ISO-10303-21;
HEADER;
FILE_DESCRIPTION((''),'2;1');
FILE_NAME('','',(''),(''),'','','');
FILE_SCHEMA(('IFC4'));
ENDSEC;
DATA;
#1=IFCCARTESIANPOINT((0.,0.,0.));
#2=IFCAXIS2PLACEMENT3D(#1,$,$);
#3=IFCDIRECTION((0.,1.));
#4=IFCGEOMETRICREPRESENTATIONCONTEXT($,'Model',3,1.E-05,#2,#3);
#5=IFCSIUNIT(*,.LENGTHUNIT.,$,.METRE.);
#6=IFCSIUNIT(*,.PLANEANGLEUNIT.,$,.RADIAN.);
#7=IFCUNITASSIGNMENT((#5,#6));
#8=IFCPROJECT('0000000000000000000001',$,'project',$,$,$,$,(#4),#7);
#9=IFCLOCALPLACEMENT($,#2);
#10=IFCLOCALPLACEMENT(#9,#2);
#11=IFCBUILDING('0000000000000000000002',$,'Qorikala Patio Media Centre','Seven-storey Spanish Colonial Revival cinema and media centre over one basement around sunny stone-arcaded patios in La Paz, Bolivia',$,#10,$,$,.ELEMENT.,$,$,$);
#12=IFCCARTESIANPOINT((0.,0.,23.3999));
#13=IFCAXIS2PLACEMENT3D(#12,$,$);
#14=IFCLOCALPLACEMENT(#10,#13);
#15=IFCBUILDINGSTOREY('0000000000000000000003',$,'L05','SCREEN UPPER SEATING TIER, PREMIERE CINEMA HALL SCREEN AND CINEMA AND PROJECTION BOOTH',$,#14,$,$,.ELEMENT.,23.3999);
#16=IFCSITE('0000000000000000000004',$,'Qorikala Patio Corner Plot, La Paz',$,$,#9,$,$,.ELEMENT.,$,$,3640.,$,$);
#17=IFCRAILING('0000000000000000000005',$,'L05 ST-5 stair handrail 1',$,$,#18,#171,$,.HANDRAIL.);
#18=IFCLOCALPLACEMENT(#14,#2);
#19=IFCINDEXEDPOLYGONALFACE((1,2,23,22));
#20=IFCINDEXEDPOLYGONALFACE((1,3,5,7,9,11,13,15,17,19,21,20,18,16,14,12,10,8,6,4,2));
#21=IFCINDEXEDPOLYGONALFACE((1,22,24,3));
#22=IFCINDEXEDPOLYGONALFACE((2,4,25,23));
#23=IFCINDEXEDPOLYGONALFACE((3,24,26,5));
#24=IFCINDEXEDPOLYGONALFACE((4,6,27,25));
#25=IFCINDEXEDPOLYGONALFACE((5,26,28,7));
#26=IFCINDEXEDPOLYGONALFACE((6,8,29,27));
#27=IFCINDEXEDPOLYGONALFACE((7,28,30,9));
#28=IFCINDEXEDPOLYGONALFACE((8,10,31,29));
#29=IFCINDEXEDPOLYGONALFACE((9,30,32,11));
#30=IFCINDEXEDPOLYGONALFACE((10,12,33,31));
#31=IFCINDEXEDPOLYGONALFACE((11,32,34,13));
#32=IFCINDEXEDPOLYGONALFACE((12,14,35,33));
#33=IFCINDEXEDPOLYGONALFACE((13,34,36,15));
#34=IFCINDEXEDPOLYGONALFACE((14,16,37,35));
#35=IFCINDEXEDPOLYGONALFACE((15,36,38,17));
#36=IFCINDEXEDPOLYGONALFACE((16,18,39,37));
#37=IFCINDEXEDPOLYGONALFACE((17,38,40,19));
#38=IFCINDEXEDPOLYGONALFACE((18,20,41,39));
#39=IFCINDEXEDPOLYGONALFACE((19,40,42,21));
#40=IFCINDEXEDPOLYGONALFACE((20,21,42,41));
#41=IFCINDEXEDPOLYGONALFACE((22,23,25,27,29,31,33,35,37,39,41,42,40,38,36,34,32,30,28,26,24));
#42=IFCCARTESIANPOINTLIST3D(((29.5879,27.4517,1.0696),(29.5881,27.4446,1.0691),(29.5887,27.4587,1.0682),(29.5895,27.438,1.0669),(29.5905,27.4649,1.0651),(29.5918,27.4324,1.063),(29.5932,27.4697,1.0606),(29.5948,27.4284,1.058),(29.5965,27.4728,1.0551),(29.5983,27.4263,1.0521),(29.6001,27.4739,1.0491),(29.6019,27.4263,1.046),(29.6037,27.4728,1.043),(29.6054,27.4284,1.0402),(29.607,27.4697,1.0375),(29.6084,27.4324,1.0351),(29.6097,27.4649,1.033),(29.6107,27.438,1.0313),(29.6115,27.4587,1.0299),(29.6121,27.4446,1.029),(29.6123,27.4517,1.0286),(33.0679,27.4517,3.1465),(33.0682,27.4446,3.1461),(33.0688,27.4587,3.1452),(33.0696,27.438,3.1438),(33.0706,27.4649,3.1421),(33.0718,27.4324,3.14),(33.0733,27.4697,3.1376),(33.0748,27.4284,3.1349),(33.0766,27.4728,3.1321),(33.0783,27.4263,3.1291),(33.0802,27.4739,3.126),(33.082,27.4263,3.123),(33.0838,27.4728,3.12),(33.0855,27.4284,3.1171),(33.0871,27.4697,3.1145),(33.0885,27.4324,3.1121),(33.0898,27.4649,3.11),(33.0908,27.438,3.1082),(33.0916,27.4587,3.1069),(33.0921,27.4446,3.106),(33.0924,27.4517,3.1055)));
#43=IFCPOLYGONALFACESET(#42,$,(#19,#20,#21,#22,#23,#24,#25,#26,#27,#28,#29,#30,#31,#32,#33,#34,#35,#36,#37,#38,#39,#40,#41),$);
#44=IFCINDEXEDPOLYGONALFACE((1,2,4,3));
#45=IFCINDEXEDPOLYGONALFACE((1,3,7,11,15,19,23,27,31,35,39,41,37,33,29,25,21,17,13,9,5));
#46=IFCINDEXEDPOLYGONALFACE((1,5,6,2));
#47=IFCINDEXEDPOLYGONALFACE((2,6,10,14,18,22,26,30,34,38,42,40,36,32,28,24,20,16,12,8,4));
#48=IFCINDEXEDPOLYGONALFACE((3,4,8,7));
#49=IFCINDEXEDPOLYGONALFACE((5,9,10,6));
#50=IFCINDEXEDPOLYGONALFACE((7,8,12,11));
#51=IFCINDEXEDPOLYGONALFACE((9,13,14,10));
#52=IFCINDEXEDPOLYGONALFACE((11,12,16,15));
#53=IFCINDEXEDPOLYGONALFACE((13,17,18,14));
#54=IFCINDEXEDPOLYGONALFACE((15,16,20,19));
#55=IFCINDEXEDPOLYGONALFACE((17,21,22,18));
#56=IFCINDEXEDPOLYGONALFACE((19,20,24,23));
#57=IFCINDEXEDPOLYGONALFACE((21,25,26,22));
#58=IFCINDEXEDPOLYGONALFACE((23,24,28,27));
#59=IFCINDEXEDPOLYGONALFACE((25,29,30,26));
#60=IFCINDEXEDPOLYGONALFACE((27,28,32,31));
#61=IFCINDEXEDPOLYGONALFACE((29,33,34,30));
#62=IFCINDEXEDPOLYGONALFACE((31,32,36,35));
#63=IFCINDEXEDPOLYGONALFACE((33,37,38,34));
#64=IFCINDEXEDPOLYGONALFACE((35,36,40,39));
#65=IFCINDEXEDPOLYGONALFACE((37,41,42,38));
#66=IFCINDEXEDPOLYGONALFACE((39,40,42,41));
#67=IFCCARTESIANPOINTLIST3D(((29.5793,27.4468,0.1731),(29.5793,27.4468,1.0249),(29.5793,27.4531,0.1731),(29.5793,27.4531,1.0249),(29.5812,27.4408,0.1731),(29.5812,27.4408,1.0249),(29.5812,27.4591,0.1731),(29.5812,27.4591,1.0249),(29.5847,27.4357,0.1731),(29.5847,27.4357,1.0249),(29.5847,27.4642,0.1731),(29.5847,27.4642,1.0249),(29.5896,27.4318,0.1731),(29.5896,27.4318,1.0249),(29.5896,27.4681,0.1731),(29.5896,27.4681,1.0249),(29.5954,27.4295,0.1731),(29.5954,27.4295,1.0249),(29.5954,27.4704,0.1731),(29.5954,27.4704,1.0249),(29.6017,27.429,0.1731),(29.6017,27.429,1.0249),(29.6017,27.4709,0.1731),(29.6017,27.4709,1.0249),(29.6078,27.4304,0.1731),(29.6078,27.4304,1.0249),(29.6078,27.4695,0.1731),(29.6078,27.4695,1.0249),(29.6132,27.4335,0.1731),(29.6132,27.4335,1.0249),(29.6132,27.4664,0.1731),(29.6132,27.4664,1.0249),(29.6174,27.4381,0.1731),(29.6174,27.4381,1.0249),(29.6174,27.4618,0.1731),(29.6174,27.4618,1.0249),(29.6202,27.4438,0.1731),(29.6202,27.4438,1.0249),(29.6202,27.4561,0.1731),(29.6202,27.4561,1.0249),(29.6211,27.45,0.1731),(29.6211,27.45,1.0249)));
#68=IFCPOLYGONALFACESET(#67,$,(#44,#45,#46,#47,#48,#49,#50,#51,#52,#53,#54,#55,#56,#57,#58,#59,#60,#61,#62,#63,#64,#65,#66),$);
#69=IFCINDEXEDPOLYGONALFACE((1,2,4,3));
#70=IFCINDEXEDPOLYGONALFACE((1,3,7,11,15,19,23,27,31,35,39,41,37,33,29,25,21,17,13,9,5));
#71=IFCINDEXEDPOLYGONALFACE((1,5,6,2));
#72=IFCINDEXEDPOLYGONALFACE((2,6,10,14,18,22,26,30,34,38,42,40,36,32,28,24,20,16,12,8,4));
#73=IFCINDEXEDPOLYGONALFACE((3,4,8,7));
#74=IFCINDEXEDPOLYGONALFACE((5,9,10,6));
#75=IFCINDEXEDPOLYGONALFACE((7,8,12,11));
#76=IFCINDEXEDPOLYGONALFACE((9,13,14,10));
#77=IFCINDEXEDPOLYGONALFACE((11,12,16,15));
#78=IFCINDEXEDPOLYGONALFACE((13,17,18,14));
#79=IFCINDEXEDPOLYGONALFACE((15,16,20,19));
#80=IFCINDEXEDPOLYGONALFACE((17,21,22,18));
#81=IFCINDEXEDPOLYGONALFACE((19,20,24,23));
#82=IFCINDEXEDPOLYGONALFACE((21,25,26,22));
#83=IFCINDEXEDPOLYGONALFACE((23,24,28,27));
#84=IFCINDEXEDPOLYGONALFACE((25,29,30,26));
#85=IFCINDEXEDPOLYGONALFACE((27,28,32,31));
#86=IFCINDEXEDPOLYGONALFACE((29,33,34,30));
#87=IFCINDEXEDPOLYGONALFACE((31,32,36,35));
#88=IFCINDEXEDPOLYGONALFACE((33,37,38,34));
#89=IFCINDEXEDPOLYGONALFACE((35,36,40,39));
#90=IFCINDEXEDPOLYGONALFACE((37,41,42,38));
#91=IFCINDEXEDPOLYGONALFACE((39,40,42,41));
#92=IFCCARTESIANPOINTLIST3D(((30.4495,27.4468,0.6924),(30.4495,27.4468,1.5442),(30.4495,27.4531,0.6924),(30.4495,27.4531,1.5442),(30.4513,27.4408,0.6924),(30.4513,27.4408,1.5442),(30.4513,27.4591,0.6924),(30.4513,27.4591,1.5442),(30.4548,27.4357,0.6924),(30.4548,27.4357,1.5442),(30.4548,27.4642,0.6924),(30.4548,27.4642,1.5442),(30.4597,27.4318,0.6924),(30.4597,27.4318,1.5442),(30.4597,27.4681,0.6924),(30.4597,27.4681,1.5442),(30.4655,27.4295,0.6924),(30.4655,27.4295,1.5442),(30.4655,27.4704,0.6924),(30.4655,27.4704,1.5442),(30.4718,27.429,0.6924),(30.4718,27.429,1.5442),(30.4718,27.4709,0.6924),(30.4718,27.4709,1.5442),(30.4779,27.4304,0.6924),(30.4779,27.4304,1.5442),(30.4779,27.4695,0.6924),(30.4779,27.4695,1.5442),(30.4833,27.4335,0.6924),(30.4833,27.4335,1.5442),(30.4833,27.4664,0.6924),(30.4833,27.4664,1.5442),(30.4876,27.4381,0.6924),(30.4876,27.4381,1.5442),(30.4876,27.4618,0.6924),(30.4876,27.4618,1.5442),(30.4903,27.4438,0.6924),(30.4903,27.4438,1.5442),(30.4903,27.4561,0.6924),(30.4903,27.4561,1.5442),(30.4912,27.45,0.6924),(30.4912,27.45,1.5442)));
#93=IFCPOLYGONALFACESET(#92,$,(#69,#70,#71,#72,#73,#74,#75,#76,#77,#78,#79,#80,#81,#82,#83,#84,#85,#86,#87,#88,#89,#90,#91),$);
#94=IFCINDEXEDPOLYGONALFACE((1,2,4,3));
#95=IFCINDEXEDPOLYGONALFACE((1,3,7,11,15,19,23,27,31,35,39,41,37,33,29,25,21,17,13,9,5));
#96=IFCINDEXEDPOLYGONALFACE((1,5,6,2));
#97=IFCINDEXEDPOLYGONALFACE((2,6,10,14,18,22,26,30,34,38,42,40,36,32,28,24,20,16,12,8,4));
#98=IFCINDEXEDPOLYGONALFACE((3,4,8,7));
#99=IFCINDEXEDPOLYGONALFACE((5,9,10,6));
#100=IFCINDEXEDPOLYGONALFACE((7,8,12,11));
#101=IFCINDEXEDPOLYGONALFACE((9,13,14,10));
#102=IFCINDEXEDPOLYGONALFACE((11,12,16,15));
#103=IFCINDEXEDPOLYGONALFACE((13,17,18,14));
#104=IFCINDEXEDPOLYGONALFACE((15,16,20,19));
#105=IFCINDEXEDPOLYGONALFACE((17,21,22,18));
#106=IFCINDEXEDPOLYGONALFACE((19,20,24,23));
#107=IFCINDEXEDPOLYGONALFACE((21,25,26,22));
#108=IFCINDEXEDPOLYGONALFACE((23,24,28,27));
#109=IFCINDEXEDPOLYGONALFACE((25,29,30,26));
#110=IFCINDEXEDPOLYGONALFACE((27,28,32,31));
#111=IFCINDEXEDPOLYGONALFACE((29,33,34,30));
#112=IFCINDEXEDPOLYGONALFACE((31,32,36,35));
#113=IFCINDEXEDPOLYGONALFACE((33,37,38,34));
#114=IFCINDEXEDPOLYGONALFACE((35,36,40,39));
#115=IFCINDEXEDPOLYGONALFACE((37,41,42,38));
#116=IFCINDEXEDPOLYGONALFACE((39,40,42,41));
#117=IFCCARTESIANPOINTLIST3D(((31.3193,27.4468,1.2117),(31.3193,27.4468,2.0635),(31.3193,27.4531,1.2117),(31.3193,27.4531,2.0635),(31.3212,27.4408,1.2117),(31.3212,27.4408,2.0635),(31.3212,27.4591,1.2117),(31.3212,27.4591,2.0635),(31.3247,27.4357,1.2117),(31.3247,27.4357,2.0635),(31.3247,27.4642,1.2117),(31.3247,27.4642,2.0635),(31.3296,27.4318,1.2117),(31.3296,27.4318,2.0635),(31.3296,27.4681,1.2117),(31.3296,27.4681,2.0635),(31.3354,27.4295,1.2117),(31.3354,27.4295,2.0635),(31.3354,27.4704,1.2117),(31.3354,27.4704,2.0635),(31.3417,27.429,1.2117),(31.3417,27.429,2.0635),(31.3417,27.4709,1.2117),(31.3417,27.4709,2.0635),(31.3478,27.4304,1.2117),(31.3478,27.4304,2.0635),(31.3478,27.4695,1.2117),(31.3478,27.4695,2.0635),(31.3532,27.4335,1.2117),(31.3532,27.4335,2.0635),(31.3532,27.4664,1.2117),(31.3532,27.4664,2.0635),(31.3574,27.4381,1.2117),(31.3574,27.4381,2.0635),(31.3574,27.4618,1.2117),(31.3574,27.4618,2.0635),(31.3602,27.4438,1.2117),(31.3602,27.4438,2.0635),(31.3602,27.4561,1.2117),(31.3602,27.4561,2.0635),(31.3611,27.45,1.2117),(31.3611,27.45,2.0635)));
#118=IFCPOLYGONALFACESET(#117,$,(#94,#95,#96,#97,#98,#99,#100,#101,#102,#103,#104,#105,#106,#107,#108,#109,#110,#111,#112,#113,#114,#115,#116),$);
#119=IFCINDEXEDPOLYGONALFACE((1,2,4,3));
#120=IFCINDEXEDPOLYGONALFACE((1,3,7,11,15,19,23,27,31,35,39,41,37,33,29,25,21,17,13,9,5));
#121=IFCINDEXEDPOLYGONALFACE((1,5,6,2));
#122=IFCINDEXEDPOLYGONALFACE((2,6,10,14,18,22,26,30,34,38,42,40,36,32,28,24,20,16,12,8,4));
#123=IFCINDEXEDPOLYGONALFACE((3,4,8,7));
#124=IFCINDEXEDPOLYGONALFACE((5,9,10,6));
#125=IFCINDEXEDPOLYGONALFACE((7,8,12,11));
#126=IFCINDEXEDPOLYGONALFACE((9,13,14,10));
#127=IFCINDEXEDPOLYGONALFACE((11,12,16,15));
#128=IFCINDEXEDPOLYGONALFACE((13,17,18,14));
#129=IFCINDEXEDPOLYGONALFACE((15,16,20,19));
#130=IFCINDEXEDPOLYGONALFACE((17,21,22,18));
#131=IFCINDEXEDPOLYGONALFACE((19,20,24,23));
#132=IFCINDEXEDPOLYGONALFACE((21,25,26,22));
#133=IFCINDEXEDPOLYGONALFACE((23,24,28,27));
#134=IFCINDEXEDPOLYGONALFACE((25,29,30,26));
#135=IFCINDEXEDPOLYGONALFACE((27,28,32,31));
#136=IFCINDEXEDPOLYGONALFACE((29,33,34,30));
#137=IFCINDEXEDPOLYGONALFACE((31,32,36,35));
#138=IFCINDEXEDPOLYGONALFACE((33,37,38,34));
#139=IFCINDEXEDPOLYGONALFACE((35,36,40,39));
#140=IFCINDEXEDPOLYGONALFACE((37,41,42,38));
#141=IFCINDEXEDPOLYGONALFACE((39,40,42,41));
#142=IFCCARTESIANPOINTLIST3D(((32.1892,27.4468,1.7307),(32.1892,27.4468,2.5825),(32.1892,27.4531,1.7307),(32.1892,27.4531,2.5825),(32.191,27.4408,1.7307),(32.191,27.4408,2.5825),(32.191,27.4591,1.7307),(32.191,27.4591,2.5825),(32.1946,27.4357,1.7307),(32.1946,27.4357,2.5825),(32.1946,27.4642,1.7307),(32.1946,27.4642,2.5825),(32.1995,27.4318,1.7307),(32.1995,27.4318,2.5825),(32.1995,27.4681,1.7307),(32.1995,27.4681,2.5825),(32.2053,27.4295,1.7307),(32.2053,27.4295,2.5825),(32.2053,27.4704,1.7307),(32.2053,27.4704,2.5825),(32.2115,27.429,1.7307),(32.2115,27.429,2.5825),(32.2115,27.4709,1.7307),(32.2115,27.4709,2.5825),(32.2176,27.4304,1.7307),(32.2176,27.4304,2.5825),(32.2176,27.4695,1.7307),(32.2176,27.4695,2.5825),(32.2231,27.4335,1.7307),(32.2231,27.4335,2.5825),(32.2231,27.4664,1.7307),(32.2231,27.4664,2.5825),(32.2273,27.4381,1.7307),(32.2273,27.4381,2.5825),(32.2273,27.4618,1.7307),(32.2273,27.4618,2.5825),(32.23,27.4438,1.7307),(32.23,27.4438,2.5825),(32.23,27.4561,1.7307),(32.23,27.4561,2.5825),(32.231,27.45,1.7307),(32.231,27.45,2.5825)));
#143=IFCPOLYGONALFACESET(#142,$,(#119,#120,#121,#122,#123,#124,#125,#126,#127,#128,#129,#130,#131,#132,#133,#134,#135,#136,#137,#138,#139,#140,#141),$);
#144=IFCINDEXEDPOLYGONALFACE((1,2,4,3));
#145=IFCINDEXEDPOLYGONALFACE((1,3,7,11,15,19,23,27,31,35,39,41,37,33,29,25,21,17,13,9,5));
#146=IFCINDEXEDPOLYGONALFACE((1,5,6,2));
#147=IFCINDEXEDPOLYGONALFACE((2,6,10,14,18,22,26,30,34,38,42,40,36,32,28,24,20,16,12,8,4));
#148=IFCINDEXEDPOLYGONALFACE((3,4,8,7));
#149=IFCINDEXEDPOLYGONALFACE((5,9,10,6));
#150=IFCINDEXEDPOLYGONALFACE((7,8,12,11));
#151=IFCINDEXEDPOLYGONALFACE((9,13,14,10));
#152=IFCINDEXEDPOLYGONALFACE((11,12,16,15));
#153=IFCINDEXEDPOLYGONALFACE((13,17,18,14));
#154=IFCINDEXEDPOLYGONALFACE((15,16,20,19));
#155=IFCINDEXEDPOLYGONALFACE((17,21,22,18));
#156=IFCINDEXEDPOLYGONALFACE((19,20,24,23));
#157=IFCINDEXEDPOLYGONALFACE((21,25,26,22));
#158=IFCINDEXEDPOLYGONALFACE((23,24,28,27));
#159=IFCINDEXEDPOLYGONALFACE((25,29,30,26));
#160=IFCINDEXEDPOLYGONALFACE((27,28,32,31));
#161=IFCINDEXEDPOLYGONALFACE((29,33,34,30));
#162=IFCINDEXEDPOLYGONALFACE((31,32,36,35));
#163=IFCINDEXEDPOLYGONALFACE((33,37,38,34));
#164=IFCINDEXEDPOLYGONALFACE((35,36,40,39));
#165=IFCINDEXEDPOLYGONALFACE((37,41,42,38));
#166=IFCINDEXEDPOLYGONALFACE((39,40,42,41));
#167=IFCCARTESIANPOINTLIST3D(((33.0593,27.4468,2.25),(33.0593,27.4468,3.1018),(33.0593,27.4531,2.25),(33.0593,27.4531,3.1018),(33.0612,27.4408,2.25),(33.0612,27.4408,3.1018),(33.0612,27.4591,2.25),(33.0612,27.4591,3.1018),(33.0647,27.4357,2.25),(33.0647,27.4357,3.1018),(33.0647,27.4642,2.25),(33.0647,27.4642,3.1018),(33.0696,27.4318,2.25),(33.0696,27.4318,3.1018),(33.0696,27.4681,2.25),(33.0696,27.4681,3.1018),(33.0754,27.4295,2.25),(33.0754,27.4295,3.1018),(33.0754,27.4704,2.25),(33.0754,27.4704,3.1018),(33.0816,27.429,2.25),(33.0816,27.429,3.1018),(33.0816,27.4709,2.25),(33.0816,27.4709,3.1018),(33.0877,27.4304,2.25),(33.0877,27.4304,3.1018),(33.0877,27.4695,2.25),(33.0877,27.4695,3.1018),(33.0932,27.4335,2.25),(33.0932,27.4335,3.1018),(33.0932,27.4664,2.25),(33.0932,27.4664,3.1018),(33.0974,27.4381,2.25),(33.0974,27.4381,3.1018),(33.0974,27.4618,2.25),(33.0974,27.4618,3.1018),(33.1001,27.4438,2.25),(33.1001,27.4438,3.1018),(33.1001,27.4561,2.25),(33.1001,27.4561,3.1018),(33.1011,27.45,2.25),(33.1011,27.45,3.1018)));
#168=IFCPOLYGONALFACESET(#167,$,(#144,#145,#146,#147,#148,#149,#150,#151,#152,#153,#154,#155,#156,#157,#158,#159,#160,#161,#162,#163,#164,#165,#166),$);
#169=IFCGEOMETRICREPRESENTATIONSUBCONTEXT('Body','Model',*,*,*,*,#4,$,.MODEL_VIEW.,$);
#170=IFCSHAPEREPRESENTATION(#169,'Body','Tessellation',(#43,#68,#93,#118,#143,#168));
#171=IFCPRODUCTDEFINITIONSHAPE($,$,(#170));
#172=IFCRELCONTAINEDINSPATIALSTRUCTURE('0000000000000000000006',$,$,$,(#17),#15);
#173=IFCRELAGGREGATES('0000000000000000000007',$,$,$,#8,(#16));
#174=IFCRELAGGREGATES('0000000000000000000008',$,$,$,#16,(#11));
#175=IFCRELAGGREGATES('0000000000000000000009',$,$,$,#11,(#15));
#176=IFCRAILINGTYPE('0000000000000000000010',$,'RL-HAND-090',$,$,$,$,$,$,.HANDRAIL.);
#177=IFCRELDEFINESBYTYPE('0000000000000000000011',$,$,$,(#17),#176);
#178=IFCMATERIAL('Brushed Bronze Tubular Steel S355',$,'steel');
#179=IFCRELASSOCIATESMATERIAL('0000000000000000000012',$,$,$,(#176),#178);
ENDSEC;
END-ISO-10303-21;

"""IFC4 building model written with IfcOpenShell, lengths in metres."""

from ifc_helpers import new_model, si_unit, direction, frame, origin, origin_2d, place, context, subcontext, project, spatial, circle, extrude, material, type_object, element, save


model = new_model("IFC4")

# Units and contexts
model_context = context("Model", 3, precision=1e-05, world=origin(), true_north=direction((0.0, 1.0)))
body_context = subcontext(model_context, "Body", "Model", "MODEL_VIEW")
ifc_project = project(units=[si_unit("LENGTHUNIT", "METRE"), si_unit("PLANEANGLEUNIT", "RADIAN")], contexts=[model_context])

# Site, building, storey
site_placement = place(None, origin())
site = spatial("IfcSite", under=ifc_project, at=site_placement, Name="Qorikala Patio Corner Plot, La Paz", CompositionType="ELEMENT", RefElevation=3640.0)
building_placement = place(site_placement, origin())
building = spatial("IfcBuilding", under=site, at=building_placement, Name="Qorikala Patio Media Centre", Description="Seven-storey Spanish Colonial Revival cinema and media centre over one basement around sunny stone-arcaded patios in La Paz, Bolivia", CompositionType="ELEMENT")
storey_placement = place(building_placement, frame((0.0, 0.0, 23.3999)))
storey = spatial("IfcBuildingStorey", under=building, at=storey_placement, Name="L05", Description="SCREEN UPPER SEATING TIER, PREMIERE CINEMA HALL SCREEN AND CINEMA AND PROJECTION BOOTH", CompositionType="ELEMENT", Elevation=23.3999)

# Railing
ifc_material_1 = material(Name="Brushed Bronze Tubular Steel S355", Category="steel")
railing_type_1 = type_object("IfcRailingType", Name="RL-HAND-090", PredefinedType="HANDRAIL", material=ifc_material_1)
railing_1_placement = place(storey_placement, frame((29.6001, 27.45, 0.1731)))
element("IfcRailing", 1, at=railing_1_placement, inside=storey, type_object=railing_type_1, Name="L05 ST-5 stair handrail 1", PredefinedType="HANDRAIL", context=body_context, shape_type="SweptSolid", body=[
    extrude(circle(Radius=0.0239, at=origin_2d()), frame((0.0, 0.0, 0.876), z_axis=(0.858697, 0.0, 0.512483), x_axis=(0.0, 1.0, 0.0)), (0.0, 0.0, 1.0), 4.0527),
    extrude(circle(Radius=0.021, at=origin_2d()), origin(), (0.0, 0.0, 1.0), 0.8518),
    extrude(circle(Radius=0.021, at=origin_2d()), frame((0.8701, 0.0, 0.5193)), (0.0, 0.0, 1.0), 0.8518),
    extrude(circle(Radius=0.021, at=origin_2d()), frame((1.74, 0.0, 1.0386)), (0.0, 0.0, 1.0), 0.8518),
    extrude(circle(Radius=0.021, at=origin_2d()), frame((2.6099, 0.0, 1.5576)), (0.0, 0.0, 1.0), 0.8518),
    extrude(circle(Radius=0.021, at=origin_2d()), frame((3.48, 0.0, 2.0769)), (0.0, 0.0, 1.0), 0.8518),
])

save(model, "model.ifc")
